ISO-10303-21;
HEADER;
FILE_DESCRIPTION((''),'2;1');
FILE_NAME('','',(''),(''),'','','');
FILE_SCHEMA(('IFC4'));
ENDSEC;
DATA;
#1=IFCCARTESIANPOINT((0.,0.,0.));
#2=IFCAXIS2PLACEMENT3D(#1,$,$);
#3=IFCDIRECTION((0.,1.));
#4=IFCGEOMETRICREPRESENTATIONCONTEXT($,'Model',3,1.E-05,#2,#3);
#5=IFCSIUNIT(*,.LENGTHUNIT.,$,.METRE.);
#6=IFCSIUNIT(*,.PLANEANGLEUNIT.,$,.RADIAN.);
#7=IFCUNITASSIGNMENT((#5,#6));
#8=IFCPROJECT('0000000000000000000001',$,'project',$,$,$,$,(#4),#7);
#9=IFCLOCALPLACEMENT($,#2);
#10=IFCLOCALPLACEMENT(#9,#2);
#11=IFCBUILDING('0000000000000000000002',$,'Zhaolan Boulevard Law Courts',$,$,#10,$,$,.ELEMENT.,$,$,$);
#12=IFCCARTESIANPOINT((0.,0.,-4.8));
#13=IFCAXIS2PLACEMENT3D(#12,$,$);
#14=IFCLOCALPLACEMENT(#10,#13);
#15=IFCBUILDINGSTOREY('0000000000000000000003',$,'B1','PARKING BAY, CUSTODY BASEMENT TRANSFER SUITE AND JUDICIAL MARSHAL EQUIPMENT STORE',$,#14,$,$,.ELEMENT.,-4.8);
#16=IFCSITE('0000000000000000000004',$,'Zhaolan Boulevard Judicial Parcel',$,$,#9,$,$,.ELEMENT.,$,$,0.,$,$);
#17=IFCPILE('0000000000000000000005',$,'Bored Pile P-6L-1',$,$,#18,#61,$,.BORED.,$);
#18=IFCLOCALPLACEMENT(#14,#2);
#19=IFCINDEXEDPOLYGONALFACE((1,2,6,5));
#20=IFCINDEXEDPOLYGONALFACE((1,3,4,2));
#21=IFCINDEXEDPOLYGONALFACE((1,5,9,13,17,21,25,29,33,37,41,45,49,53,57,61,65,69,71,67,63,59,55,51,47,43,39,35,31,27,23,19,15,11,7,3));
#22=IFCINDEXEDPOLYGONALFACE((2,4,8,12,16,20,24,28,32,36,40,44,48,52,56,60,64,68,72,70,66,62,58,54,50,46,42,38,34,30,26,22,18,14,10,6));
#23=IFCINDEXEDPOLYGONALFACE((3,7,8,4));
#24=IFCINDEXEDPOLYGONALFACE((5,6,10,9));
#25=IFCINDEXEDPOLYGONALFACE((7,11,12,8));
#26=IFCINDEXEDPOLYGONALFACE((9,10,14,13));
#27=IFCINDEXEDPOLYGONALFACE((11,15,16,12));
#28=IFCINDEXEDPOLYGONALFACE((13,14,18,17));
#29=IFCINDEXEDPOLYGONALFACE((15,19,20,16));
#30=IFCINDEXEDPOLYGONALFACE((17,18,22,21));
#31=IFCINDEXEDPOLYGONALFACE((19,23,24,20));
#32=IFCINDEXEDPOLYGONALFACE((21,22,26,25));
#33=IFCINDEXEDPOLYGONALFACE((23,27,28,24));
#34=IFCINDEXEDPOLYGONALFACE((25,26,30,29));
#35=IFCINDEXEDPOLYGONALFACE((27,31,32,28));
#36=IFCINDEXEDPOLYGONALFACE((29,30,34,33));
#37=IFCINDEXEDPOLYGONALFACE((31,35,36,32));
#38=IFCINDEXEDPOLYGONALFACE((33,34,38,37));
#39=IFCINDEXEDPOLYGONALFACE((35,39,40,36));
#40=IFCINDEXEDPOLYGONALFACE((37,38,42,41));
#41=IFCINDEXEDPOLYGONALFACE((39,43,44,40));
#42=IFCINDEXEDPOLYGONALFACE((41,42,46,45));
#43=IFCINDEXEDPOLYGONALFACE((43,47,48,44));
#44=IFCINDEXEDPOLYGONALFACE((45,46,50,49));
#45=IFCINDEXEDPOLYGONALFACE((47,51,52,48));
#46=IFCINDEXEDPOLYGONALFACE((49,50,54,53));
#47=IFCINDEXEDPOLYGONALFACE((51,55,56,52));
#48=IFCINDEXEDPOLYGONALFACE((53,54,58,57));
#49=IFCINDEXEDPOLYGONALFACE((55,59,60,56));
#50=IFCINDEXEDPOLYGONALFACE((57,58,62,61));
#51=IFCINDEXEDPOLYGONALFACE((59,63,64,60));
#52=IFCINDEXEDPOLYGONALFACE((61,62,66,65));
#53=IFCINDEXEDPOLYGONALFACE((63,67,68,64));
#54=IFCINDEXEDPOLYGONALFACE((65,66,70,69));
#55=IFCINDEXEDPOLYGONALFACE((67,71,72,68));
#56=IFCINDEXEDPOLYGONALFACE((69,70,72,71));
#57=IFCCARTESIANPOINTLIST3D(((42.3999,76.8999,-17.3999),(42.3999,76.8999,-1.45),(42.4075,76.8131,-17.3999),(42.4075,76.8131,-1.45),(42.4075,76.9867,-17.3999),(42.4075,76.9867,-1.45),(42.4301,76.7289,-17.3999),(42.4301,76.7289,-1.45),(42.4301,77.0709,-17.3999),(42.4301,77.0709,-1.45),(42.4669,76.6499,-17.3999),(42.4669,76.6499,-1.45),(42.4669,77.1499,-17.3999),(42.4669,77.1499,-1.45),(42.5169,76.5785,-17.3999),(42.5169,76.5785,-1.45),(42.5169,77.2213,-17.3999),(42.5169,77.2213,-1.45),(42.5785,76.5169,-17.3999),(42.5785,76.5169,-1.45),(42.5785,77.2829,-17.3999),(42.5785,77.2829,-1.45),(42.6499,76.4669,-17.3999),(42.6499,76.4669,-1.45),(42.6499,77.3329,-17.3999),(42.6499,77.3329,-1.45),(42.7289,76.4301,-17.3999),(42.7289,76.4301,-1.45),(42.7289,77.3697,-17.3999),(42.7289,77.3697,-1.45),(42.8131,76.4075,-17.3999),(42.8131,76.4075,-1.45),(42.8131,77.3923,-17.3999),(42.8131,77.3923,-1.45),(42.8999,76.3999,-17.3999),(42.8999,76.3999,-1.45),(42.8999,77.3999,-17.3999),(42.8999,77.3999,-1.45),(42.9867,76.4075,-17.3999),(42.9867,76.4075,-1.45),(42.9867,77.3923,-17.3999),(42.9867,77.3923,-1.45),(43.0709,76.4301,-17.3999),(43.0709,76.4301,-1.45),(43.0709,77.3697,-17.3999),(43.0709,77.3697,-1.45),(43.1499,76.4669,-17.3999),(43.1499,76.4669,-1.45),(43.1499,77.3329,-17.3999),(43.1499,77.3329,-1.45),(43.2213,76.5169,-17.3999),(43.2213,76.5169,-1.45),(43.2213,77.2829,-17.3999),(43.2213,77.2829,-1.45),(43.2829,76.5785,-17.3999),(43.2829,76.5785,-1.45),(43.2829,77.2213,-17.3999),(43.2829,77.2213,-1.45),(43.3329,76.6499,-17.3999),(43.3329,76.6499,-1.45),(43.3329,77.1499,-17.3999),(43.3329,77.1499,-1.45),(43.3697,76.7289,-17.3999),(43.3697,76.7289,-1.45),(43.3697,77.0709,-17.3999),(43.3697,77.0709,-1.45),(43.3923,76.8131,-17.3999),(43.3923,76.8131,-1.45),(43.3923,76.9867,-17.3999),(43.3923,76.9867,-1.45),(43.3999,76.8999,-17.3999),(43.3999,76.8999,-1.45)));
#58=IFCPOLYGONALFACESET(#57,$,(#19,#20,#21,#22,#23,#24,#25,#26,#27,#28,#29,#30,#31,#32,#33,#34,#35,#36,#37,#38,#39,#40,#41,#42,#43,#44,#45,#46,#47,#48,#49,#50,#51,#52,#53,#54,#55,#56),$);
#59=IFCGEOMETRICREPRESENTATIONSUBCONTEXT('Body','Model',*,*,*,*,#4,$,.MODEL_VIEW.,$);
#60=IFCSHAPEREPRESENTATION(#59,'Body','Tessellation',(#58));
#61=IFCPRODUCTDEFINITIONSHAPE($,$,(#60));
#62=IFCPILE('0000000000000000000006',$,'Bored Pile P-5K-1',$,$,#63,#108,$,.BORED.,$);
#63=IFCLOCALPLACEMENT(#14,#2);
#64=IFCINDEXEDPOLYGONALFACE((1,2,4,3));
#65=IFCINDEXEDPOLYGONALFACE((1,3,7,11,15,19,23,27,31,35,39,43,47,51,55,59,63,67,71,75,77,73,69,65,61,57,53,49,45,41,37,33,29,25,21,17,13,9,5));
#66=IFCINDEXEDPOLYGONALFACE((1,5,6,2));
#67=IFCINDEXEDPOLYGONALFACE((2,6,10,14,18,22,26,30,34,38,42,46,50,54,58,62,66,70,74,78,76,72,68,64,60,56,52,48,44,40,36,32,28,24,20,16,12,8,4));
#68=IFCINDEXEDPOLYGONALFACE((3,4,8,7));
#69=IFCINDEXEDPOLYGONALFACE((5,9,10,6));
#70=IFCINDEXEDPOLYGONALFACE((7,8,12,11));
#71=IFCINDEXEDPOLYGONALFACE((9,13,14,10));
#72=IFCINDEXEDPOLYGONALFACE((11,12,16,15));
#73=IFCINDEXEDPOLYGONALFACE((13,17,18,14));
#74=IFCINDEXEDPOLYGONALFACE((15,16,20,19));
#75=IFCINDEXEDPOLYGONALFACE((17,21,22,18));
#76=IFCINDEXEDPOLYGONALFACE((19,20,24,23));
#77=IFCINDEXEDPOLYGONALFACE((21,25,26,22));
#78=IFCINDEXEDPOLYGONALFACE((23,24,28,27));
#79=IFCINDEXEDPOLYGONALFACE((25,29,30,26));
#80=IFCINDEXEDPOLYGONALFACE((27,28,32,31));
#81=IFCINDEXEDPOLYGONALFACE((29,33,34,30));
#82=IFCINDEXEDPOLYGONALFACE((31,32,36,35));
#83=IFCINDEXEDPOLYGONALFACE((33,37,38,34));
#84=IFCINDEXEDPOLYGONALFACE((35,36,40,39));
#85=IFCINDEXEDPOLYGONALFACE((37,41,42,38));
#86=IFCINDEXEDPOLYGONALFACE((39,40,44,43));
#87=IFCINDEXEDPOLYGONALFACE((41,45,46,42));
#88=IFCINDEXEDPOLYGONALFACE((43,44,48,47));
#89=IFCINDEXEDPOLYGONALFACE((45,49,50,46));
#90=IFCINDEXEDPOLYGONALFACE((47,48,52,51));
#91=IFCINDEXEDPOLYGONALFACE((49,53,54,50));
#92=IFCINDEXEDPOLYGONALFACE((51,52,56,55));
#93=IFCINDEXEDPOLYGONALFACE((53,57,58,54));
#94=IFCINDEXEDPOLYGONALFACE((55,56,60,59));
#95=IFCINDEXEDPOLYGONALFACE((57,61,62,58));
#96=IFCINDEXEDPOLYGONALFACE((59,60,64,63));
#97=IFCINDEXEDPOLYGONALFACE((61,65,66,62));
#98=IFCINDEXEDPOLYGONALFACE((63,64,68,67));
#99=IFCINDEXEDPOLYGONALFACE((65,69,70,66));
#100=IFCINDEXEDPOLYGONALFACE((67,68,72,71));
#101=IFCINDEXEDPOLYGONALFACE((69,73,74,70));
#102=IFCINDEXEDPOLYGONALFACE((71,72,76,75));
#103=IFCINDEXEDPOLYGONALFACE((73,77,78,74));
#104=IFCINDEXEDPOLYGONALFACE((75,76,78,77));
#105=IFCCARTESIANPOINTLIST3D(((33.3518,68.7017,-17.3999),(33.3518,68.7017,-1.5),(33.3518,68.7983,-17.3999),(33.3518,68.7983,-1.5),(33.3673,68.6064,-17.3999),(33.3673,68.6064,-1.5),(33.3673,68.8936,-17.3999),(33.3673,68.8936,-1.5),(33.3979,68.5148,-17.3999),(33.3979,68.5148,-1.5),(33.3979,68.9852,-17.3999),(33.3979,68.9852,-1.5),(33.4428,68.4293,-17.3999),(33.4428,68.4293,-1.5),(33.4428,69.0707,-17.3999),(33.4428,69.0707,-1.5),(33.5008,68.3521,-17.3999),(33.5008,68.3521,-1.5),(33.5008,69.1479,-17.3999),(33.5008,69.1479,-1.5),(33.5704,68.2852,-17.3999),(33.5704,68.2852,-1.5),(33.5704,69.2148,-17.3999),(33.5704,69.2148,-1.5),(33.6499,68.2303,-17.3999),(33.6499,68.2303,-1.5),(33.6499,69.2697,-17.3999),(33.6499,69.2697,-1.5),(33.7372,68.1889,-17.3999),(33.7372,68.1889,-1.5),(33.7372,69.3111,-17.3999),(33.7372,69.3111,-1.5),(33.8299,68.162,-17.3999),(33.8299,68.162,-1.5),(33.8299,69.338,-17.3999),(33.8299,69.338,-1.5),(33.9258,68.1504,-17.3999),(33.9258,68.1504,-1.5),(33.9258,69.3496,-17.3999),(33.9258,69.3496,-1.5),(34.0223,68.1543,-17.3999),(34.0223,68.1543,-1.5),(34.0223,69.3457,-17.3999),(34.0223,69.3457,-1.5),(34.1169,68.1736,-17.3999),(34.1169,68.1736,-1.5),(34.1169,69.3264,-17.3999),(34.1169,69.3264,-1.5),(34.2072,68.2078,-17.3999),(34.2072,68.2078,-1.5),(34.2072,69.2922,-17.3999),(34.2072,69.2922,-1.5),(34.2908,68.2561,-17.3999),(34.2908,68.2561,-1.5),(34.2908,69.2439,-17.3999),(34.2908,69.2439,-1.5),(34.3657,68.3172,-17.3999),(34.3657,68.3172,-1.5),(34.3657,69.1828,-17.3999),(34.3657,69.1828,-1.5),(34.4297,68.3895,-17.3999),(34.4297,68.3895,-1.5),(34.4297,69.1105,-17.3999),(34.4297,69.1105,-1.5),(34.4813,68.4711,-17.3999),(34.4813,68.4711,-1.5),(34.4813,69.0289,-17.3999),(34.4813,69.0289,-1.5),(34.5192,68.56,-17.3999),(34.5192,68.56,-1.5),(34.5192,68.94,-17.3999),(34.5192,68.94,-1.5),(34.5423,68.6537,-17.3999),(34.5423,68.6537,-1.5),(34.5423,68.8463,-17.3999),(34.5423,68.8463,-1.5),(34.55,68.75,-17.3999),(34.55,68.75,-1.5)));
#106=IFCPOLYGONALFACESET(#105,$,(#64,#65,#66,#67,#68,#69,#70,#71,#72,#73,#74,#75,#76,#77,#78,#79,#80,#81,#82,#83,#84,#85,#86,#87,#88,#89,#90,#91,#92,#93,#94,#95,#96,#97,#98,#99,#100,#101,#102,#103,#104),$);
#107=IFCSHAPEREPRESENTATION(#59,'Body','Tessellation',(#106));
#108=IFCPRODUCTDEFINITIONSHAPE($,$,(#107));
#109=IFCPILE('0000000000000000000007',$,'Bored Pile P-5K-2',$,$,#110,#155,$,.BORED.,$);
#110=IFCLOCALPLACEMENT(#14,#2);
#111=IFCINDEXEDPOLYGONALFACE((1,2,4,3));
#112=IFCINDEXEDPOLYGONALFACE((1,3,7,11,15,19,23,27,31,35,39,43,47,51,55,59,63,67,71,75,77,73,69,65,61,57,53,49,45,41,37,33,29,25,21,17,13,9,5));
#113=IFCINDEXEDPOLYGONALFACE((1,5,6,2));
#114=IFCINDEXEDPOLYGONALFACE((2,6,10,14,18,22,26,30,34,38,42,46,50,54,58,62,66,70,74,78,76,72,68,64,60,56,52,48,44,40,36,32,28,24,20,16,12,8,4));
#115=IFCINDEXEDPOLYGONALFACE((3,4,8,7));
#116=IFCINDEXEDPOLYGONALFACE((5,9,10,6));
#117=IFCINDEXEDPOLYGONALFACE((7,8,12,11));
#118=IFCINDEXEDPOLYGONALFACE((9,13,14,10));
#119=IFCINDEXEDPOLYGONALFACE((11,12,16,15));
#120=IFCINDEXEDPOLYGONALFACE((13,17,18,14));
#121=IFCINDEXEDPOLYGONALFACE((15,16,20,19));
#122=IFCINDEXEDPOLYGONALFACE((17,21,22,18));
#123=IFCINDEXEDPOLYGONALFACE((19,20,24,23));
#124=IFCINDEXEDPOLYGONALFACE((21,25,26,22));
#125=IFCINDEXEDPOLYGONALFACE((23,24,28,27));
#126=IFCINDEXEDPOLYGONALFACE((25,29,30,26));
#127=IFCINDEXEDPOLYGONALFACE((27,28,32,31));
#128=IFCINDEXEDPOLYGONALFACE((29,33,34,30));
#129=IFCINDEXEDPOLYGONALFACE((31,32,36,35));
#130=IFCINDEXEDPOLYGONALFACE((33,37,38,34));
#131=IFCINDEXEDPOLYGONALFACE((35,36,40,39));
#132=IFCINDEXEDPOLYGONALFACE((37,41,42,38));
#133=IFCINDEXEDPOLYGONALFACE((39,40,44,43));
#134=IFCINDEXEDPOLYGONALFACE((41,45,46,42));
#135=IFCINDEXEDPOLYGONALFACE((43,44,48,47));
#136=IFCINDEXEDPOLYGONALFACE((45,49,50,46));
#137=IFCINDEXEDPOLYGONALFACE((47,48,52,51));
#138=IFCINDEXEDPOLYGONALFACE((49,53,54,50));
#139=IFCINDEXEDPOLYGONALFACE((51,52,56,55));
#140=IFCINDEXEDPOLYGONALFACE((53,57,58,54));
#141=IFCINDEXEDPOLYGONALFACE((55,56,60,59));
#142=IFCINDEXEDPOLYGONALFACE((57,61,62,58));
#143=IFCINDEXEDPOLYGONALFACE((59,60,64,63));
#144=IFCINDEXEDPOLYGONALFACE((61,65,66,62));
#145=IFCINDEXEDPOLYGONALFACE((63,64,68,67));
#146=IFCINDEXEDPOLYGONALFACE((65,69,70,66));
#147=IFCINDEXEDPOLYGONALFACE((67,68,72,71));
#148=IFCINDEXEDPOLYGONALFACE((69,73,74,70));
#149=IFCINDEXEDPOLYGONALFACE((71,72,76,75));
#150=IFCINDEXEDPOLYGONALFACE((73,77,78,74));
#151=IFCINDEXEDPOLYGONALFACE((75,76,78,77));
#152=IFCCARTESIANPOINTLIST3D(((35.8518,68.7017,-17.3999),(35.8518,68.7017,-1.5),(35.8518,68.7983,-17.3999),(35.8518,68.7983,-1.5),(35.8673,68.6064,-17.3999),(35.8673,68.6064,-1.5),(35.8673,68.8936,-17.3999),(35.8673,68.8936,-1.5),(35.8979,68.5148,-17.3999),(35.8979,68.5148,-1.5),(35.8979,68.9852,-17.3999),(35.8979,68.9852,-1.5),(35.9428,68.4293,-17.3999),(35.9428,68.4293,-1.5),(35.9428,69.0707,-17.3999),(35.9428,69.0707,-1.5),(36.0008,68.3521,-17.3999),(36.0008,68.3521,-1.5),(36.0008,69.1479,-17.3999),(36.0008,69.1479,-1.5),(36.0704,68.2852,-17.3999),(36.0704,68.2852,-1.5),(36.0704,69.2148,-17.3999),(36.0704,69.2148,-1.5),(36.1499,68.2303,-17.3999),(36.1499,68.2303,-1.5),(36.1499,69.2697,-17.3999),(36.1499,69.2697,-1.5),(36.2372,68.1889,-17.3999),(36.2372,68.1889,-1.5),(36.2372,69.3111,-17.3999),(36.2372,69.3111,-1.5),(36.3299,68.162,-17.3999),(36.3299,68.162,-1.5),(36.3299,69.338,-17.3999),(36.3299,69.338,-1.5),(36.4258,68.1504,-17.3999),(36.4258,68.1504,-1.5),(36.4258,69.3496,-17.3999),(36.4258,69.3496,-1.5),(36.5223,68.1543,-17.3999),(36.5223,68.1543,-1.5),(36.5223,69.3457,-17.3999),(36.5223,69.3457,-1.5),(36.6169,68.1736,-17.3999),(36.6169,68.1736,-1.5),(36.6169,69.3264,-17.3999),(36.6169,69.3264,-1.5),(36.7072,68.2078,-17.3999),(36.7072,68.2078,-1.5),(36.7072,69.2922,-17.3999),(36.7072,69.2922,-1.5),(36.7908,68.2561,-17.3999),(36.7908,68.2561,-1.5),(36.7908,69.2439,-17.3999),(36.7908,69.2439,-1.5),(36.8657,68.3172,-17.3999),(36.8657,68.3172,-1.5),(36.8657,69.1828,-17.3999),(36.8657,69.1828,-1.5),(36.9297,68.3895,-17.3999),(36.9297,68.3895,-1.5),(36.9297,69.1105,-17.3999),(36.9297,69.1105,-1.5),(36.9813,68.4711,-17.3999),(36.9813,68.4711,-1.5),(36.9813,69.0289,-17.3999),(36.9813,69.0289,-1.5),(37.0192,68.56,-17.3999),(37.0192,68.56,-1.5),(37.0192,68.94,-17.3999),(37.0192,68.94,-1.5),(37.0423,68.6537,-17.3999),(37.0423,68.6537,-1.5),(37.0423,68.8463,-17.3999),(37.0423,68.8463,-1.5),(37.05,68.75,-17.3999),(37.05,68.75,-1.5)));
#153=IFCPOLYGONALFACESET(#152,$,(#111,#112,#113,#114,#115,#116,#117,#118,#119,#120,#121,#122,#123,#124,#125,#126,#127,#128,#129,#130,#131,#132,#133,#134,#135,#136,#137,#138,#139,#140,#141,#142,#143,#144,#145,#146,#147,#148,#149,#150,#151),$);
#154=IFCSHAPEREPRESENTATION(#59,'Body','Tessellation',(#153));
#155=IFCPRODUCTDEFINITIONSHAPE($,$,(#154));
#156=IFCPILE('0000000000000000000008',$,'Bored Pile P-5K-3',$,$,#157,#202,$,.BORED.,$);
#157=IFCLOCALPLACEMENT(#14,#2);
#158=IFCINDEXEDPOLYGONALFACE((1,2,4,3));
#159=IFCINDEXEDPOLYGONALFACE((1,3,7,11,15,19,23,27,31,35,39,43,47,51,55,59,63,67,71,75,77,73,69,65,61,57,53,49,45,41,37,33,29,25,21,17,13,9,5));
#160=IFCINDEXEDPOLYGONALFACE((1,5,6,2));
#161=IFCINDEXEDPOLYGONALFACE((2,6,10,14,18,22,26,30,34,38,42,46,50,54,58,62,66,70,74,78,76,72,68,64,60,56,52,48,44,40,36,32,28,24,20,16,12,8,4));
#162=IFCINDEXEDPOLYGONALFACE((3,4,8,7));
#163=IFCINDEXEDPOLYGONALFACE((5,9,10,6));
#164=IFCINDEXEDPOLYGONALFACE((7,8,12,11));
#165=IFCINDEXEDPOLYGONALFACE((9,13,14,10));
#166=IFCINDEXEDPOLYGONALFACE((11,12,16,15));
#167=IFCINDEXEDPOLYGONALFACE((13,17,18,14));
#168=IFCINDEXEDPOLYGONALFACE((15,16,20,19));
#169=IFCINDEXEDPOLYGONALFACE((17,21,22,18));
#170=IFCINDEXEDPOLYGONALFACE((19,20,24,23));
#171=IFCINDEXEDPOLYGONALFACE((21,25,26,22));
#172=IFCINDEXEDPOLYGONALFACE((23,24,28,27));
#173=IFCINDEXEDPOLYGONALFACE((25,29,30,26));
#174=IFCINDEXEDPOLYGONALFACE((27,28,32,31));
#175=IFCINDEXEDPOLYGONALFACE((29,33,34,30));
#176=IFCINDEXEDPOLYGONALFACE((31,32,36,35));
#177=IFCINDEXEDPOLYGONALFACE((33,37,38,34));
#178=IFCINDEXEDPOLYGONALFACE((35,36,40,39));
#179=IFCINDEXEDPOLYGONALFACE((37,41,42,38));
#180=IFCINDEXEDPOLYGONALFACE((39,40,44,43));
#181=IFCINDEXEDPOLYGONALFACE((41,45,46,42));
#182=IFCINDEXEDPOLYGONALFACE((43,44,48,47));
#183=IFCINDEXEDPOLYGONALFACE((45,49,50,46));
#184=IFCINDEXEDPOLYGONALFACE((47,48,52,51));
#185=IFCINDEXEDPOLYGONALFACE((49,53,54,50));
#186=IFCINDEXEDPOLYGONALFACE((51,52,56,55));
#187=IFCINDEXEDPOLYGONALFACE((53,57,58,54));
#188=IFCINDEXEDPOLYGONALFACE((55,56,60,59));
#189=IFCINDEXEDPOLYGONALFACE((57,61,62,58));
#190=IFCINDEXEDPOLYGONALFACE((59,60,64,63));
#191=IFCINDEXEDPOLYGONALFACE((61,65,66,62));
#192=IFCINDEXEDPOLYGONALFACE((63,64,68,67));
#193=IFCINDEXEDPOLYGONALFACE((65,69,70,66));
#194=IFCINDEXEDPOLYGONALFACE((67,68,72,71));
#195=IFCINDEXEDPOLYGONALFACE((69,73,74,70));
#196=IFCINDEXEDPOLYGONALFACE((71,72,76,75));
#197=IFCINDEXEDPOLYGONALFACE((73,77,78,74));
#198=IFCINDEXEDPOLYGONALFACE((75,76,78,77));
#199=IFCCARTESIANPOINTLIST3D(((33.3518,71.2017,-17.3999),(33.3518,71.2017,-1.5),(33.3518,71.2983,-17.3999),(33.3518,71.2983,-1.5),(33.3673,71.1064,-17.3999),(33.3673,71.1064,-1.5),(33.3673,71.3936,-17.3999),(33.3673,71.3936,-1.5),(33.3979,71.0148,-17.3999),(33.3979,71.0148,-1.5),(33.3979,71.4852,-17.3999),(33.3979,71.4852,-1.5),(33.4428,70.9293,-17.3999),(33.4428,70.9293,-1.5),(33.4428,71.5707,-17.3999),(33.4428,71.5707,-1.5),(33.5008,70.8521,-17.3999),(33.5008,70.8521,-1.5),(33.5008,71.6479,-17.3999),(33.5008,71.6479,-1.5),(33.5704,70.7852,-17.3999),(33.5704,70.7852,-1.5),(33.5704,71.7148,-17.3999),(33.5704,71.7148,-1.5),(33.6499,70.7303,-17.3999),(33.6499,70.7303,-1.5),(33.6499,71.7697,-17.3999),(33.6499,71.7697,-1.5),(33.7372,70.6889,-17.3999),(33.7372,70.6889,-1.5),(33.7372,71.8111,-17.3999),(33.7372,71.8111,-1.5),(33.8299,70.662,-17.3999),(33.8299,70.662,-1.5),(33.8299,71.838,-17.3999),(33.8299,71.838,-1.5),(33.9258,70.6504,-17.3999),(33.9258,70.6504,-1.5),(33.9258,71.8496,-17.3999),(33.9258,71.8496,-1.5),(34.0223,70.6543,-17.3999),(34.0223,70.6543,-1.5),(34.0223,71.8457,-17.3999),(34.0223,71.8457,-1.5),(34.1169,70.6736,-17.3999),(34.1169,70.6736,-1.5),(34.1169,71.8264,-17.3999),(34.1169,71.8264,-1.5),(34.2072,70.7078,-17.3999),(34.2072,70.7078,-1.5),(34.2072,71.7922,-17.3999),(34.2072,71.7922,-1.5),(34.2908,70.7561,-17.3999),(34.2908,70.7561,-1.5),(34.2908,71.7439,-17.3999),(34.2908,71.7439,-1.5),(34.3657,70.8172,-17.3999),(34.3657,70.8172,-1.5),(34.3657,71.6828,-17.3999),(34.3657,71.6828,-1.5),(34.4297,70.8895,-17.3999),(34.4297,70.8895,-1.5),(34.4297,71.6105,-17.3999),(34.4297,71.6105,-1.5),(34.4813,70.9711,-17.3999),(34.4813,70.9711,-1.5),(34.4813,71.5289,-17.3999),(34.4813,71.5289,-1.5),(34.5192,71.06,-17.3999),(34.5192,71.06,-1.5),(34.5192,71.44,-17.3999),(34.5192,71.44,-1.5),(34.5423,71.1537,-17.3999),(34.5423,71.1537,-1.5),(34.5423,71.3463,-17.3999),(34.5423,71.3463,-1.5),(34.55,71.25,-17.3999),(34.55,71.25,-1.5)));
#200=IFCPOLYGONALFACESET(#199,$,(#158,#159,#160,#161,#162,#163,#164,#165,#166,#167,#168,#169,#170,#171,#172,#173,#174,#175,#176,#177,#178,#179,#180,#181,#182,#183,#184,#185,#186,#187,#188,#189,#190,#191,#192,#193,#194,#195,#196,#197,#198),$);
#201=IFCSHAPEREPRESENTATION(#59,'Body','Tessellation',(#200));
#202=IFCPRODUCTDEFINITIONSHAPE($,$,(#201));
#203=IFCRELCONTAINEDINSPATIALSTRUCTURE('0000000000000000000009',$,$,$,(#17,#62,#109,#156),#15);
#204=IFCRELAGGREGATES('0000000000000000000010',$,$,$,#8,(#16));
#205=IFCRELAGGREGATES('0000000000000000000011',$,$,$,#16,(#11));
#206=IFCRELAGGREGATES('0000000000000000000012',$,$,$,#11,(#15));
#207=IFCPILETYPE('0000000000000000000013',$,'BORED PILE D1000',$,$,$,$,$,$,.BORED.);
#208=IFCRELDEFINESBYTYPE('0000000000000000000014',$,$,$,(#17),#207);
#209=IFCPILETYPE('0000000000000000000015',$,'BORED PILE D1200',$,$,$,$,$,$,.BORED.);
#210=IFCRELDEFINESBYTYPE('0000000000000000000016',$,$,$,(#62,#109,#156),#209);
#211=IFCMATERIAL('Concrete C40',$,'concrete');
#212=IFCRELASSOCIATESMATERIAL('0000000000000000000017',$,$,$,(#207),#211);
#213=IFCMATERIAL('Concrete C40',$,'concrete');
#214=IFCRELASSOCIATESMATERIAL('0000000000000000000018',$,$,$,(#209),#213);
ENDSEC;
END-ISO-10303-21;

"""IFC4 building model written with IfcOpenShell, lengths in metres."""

from ifc_helpers import new_model, si_unit, direction, frame, origin, origin_2d, place, context, subcontext, project, spatial, circle, extrude, material, material_profile, profile_set, type_object, element, save


model = new_model("IFC4")

# Units and contexts
model_context = context("Model", 3, precision=1e-05, world=origin(), true_north=direction((0.0, 1.0)))
body_context = subcontext(model_context, "Body", "Model", "MODEL_VIEW")
ifc_project = project(units=[si_unit("LENGTHUNIT", "METRE"), si_unit("PLANEANGLEUNIT", "RADIAN")], contexts=[model_context])

# Site, building, storey
site_placement = place(None, origin())
site = spatial("IfcSite", under=ifc_project, at=site_placement, Name="Zhaolan Boulevard Judicial Parcel", CompositionType="ELEMENT", RefElevation=0.0)
building_placement = place(site_placement, origin())
building = spatial("IfcBuilding", under=site, at=building_placement, Name="Zhaolan Boulevard Law Courts", CompositionType="ELEMENT")
storey_placement = place(building_placement, frame((0.0, 0.0, -4.8)))
storey = spatial("IfcBuildingStorey", under=building, at=storey_placement, Name="B1", Description="PARKING BAY, CUSTODY BASEMENT TRANSFER SUITE AND JUDICIAL MARSHAL EQUIPMENT STORE", CompositionType="ELEMENT", Elevation=-4.8)

# Piles
ifc_material_1 = material(Name="Concrete C40", Category="concrete")
ifc_material_profile_1 = material_profile(ifc_material_1, circle(Radius=0.5, at=origin_2d()), Name="PILE-D1000")
ifc_profile_set_1 = profile_set([ifc_material_profile_1], Name="Concrete C40")
pile_type_1 = type_object("IfcPileType", Name="BORED PILE D1000", PredefinedType="BORED", material=ifc_profile_set_1)
for number, where, z_axis, x_axis, name in (
    (1, (42.8999, 76.8999, -1.45), (0.0, 0.0, -1.0), (1.0, 0.0, 0.0), "Bored Pile P-6L-1"),
):
    element("IfcPile", number, at=place(storey_placement, frame(where, z_axis=z_axis, x_axis=x_axis)), inside=storey, type_object=pile_type_1, Name=name, PredefinedType="BORED", context=body_context, shape_type="SweptSolid", body=[
        extrude(circle(Radius=0.5, at=origin_2d()), origin(), (0.0, 0.0, 1.0), 15.95),
    ])
ifc_material_2 = material(Name="Concrete C40", Category="concrete")
ifc_material_profile_2 = material_profile(ifc_material_2, circle(Radius=0.6001, at=origin_2d()), Name="PILE-D1200")
ifc_profile_set_2 = profile_set([ifc_material_profile_2], Name="Concrete C40")
pile_type_2 = type_object("IfcPileType", Name="BORED PILE D1200", PredefinedType="BORED", material=ifc_profile_set_2)
for number, where, z_axis, x_axis, name in (
    (2, (33.95, 68.75, -1.5), (0.0, 0.0, -1.0), (1.0, 0.0, 0.0), "Bored Pile P-5K-1"),
    (3, (36.45, 68.75, -1.5), (0.0, 0.0, -1.0), (1.0, 0.0, 0.0), "Bored Pile P-5K-2"),
    (4, (33.95, 71.25, -1.5), (0.0, 0.0, -1.0), (1.0, 0.0, 0.0), "Bored Pile P-5K-3"),
):
    element("IfcPile", number, at=place(storey_placement, frame(where, z_axis=z_axis, x_axis=x_axis)), inside=storey, type_object=pile_type_2, Name=name, PredefinedType="BORED", context=body_context, shape_type="SweptSolid", body=[
        extrude(circle(Radius=0.6001, at=origin_2d()), origin(), (0.0, 0.0, 1.0), 15.8999),
    ])

save(model, "model.ifc")
